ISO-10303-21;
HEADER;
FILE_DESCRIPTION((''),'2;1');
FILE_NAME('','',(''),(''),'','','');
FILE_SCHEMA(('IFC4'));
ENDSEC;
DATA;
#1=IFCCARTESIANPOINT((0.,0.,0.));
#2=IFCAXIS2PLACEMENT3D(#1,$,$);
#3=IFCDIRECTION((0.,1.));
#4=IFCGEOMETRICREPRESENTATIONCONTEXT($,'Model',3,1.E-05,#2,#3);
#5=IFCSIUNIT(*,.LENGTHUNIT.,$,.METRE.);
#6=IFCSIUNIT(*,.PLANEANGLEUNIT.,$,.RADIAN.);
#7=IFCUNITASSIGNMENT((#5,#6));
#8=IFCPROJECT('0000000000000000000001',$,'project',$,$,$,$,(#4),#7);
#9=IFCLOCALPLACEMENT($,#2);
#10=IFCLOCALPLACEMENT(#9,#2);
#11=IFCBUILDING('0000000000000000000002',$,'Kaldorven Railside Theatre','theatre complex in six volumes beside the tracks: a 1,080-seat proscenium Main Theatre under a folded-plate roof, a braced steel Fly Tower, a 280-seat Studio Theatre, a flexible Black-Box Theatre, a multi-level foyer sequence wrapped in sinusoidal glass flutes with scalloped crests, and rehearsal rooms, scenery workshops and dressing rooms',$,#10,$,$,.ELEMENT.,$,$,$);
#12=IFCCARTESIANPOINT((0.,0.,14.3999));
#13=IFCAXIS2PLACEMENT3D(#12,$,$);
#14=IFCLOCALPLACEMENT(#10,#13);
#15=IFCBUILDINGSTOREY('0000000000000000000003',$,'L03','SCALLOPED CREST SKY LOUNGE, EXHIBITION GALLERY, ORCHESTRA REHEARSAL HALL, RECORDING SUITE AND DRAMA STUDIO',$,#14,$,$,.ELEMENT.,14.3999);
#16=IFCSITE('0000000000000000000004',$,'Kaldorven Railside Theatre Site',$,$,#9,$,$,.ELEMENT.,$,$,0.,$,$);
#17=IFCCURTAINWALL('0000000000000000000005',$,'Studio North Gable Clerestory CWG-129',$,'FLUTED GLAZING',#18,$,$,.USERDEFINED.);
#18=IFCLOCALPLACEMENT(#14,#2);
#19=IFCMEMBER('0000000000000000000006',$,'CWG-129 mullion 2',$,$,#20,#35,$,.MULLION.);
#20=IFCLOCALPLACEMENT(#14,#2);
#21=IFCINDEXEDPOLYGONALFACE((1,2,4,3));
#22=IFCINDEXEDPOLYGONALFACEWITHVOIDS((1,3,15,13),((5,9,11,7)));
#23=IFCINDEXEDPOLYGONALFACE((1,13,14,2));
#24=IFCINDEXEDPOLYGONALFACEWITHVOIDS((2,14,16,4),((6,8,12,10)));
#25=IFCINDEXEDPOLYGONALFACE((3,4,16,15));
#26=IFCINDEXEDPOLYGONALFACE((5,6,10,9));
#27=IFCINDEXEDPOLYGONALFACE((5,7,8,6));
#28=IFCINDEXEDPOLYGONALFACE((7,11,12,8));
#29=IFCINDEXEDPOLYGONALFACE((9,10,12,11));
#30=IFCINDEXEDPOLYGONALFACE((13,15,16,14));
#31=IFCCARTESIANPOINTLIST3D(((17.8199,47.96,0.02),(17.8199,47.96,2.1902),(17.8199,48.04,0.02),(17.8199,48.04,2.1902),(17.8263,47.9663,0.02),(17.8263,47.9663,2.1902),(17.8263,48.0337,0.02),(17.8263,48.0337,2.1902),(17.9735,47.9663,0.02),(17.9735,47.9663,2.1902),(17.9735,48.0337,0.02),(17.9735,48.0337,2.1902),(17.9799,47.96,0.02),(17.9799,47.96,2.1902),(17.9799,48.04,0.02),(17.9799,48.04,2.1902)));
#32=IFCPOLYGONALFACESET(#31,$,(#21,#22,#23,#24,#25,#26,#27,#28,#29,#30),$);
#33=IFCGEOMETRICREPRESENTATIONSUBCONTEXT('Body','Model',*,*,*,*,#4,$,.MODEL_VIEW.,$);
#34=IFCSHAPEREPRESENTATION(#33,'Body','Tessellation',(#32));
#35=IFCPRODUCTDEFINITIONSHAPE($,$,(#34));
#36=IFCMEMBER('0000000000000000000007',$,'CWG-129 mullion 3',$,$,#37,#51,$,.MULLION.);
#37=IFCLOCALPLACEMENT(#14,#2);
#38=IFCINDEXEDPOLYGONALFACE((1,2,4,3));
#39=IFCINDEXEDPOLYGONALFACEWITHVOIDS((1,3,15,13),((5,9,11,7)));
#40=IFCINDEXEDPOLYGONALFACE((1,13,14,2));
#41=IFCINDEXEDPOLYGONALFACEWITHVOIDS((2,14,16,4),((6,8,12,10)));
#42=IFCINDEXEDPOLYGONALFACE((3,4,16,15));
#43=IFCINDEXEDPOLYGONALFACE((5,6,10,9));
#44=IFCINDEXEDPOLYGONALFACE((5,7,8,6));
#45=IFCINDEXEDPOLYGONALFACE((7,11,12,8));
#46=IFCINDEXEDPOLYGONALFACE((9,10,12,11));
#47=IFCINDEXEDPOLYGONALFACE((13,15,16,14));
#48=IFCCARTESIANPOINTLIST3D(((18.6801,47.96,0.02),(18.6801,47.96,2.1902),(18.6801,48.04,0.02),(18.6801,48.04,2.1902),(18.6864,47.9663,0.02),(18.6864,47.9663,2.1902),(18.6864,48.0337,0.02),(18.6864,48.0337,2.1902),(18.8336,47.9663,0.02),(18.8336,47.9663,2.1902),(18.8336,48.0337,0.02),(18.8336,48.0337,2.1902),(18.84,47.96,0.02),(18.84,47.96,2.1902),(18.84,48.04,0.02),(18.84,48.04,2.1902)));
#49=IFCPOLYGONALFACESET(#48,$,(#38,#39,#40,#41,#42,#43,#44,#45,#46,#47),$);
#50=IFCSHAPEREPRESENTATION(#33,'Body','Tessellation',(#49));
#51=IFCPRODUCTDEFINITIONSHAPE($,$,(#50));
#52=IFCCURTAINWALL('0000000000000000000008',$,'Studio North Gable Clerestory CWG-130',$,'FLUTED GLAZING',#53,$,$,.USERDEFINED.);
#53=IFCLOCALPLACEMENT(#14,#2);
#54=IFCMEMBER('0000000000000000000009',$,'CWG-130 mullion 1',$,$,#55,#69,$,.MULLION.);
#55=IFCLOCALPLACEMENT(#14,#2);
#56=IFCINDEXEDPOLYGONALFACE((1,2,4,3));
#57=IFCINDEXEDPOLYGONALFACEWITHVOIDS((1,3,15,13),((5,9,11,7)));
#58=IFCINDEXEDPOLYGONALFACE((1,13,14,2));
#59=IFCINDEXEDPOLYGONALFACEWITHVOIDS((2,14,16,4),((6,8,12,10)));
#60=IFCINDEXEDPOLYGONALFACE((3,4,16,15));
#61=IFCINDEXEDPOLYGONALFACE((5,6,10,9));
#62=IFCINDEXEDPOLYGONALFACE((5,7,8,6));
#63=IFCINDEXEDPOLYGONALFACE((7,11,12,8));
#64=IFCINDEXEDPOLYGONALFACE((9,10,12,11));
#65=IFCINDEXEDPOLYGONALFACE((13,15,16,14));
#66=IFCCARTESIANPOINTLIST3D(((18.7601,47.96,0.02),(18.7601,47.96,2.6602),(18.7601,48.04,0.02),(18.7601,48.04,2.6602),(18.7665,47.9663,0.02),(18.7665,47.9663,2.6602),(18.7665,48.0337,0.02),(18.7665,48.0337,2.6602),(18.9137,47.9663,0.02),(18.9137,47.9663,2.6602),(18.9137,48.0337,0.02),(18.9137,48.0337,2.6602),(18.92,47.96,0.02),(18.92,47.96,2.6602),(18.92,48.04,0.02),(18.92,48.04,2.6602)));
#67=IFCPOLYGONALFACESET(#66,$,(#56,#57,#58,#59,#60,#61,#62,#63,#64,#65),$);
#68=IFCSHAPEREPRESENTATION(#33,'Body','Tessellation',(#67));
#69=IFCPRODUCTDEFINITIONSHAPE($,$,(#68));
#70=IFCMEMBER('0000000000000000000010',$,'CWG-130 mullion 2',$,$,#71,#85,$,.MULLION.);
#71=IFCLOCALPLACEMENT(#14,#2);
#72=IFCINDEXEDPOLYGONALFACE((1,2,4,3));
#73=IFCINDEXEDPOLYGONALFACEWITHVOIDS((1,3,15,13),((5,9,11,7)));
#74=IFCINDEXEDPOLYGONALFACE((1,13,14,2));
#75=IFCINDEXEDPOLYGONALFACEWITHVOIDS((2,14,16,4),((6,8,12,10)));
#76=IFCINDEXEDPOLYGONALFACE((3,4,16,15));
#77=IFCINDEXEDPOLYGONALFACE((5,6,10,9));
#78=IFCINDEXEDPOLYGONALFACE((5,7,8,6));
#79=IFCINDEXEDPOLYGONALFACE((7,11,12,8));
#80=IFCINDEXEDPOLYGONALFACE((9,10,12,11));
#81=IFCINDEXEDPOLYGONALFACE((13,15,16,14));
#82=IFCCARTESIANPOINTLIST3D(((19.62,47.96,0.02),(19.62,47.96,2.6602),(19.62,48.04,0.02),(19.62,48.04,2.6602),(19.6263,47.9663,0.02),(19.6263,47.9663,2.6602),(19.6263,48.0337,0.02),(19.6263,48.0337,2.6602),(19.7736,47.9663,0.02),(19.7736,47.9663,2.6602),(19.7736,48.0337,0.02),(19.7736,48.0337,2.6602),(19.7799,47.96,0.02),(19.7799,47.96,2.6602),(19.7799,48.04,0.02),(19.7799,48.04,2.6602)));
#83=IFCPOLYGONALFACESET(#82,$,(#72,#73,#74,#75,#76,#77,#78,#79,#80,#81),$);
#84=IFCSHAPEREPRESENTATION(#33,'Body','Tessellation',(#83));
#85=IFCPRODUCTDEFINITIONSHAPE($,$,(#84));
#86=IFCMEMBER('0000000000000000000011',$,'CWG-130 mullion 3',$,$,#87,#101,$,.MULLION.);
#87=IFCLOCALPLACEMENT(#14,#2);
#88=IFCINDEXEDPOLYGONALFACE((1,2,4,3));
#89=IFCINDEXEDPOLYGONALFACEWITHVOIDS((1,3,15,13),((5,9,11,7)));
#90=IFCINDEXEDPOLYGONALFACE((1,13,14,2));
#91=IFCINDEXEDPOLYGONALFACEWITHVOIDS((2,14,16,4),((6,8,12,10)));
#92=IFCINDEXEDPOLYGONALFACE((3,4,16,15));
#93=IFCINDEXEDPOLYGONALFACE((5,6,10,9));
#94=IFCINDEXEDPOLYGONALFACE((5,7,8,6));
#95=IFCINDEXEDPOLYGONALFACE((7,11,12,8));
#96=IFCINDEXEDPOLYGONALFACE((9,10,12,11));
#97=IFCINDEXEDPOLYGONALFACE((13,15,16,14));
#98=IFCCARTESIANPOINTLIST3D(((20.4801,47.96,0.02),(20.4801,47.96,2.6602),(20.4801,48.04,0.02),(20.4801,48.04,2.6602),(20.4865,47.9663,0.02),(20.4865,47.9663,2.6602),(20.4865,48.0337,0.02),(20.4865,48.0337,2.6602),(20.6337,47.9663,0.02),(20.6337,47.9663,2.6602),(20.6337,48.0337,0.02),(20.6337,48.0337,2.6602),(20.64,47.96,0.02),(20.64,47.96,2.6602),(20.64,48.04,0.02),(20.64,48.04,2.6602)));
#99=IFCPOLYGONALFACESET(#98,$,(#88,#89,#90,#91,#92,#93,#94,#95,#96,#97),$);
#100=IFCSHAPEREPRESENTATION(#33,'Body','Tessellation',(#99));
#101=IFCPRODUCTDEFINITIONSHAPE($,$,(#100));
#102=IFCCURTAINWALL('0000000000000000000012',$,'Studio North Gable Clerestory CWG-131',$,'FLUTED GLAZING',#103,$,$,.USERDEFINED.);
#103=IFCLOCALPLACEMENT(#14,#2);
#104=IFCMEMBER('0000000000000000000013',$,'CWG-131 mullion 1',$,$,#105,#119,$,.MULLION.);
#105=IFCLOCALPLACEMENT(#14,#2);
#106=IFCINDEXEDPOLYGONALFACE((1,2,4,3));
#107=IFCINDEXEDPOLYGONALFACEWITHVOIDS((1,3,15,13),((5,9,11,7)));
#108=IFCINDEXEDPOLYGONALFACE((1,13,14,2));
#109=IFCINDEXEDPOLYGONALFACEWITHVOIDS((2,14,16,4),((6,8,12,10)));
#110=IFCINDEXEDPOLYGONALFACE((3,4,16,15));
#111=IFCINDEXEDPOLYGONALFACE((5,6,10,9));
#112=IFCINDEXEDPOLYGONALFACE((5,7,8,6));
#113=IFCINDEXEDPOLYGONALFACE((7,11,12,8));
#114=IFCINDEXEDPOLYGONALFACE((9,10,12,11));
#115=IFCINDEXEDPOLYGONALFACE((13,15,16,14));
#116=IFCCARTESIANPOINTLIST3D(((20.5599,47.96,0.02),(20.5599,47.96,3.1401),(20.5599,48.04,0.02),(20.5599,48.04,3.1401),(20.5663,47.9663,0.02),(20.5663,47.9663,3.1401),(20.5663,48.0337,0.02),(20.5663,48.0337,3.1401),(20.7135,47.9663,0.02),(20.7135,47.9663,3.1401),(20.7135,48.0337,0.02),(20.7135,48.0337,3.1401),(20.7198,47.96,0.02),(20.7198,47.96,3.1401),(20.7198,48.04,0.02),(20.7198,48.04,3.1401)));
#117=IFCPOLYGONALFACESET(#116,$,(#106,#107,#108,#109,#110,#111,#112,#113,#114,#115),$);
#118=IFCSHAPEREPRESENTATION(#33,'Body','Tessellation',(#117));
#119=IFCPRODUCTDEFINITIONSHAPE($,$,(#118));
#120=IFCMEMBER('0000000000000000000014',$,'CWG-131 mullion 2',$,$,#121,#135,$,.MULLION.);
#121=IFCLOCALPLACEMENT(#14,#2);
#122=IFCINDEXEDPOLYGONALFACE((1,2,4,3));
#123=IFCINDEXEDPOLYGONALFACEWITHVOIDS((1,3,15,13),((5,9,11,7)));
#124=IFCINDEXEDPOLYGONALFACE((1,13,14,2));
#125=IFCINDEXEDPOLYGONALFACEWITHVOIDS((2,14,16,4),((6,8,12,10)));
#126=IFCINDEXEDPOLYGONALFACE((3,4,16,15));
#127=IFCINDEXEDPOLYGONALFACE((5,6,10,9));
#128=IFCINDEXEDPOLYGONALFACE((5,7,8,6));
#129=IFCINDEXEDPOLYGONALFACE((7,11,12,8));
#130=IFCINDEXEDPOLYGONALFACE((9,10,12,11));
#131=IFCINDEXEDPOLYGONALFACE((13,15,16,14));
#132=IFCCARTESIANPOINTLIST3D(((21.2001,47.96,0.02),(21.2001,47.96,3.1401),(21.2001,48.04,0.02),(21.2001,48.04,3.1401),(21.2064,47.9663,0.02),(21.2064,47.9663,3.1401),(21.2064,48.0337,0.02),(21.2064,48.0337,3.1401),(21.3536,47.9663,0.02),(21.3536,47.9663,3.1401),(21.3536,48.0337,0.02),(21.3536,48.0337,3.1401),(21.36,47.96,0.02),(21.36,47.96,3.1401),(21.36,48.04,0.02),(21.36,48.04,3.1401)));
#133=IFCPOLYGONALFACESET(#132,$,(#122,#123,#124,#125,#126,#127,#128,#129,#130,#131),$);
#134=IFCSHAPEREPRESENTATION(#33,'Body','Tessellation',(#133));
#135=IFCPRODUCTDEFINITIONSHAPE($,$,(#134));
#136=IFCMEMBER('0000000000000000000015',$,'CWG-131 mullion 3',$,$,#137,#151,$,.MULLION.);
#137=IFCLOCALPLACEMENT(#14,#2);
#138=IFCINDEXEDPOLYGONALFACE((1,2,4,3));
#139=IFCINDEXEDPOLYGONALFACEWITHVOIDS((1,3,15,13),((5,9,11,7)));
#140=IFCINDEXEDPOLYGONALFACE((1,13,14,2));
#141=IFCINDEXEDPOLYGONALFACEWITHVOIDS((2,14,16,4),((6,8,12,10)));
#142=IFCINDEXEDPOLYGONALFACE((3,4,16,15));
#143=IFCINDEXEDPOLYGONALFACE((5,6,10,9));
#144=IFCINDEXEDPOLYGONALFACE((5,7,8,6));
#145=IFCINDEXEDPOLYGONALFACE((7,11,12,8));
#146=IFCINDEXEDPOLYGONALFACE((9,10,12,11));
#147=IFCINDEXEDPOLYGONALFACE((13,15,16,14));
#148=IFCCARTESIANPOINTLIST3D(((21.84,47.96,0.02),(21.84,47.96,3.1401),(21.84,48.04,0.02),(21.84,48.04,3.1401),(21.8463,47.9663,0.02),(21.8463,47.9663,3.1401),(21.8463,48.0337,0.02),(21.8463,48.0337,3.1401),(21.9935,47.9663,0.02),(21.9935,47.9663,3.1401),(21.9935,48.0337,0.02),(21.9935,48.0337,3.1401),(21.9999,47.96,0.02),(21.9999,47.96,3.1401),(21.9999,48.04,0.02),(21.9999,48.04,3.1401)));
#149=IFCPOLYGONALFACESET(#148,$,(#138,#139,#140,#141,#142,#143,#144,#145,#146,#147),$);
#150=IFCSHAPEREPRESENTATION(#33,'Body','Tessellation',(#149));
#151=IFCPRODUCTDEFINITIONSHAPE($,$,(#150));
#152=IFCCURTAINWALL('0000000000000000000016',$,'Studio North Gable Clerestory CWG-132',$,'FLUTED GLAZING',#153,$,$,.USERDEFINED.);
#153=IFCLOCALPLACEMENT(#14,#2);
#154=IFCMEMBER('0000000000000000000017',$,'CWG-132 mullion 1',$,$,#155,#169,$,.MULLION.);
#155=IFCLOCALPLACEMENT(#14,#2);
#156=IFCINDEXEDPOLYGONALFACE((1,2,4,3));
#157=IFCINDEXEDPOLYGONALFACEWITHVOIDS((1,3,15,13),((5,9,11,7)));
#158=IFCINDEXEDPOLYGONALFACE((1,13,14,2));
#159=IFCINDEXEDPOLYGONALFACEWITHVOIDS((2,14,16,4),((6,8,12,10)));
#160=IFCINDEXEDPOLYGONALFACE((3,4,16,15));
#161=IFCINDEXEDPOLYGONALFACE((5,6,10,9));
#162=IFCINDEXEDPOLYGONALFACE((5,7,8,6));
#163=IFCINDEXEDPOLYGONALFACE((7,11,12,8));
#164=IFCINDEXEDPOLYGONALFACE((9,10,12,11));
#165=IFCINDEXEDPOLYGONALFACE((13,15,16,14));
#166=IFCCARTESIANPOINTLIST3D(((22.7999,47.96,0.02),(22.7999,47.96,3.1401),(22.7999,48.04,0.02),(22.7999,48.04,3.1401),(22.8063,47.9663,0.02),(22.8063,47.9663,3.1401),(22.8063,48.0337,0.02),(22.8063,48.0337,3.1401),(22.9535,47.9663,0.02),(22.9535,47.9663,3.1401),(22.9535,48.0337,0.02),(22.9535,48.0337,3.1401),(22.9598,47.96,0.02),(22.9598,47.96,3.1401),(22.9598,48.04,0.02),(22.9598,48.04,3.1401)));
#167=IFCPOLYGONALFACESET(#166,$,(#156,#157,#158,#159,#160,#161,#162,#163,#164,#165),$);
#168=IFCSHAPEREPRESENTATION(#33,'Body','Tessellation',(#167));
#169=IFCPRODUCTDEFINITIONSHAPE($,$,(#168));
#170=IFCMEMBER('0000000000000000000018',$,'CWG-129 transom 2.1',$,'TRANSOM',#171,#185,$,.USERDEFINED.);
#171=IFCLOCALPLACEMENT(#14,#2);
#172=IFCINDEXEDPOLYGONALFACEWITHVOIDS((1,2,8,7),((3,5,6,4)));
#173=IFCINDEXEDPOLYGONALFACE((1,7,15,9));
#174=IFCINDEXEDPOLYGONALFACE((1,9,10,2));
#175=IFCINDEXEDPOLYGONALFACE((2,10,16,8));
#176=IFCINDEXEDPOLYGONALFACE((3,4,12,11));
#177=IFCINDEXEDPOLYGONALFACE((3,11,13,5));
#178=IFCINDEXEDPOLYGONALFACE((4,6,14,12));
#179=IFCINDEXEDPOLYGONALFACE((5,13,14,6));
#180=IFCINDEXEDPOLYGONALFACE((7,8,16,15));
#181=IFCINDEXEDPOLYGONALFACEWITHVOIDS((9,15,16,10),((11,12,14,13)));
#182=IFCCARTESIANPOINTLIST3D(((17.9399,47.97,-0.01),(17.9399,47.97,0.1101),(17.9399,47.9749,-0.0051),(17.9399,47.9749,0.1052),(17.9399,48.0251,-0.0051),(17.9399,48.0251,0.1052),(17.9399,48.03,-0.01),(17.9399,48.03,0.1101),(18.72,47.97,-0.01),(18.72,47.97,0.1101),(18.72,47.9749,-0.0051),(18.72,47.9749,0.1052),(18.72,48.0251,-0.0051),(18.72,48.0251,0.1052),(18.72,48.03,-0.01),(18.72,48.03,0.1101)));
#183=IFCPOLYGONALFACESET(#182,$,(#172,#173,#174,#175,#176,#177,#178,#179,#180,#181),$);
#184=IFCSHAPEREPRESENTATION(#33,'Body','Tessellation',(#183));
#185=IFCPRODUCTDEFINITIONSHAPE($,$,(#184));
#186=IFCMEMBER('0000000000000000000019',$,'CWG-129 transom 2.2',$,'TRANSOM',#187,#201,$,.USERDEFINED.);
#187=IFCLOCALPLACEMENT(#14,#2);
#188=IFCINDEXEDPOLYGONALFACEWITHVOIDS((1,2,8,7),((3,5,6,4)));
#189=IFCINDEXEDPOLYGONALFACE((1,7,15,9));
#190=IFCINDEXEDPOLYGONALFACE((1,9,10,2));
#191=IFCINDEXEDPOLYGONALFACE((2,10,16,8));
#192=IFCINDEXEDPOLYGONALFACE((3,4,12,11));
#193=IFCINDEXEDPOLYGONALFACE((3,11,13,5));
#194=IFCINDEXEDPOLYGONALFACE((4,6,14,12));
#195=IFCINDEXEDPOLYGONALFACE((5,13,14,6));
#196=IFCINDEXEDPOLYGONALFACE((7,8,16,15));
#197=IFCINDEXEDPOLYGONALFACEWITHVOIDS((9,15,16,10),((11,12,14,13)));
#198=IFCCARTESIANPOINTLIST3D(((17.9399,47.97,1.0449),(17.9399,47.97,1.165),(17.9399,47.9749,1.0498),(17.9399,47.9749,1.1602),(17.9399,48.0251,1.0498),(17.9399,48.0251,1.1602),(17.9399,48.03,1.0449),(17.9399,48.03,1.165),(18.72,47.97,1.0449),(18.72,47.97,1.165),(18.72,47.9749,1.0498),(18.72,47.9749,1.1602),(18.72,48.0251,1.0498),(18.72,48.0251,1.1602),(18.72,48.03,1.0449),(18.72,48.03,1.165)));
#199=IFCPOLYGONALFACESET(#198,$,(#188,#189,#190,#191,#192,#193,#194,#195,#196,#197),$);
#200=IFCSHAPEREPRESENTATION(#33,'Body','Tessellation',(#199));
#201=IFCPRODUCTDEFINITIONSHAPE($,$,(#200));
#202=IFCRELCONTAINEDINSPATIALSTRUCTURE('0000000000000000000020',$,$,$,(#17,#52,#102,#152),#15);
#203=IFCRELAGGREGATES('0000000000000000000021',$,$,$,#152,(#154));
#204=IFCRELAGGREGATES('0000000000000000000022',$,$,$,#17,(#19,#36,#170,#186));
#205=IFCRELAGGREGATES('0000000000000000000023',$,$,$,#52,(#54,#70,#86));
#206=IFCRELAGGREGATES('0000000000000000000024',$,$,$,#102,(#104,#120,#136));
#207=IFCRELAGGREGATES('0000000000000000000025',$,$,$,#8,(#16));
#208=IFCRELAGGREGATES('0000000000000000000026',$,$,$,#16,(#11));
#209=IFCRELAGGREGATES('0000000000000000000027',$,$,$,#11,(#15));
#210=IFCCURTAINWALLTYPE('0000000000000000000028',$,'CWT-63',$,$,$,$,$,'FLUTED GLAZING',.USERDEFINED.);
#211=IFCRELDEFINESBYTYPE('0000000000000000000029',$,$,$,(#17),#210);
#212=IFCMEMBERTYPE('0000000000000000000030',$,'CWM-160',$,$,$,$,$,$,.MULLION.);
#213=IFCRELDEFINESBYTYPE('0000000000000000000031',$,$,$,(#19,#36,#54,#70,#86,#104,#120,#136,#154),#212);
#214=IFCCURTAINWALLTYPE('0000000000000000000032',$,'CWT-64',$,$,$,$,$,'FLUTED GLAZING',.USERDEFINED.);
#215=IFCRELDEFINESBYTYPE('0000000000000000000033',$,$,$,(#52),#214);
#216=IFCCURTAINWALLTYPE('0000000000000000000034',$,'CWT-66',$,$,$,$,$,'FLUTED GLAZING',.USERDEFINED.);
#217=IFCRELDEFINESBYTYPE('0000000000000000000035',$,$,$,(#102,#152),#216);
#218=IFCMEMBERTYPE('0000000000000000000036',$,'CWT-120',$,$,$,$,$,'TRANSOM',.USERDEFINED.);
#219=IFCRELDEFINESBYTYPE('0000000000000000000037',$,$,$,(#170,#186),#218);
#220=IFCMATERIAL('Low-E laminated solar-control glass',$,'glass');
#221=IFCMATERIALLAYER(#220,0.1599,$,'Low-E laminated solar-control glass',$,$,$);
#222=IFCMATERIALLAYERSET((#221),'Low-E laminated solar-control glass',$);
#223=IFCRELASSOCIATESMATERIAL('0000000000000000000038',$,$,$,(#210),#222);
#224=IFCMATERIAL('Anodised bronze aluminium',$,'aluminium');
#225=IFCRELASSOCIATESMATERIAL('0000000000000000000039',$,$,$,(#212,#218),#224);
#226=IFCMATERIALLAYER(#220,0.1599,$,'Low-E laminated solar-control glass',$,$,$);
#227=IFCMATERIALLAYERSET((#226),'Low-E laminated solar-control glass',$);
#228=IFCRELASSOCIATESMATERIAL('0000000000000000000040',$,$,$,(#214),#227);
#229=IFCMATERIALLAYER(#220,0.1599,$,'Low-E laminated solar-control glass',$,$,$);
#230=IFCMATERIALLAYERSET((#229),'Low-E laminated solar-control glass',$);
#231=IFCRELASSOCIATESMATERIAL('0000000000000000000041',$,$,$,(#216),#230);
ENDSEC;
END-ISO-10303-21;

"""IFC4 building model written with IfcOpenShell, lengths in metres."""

from ifc_helpers import new_model, si_unit, direction, frame, origin, origin_2d, place, context, subcontext, project, spatial, hollow_rectangle, extrude, material, layer, layer_set, material_profile, profile_set, type_object, element, aggregate, save


model = new_model("IFC4")

# Units and contexts
model_context = context("Model", 3, precision=1e-05, world=origin(), true_north=direction((0.0, 1.0)))
body_context = subcontext(model_context, "Body", "Model", "MODEL_VIEW")
ifc_project = project(units=[si_unit("LENGTHUNIT", "METRE"), si_unit("PLANEANGLEUNIT", "RADIAN")], contexts=[model_context])

# Site, building, storey
site_placement = place(None, origin())
site = spatial("IfcSite", under=ifc_project, at=site_placement, Name="Kaldorven Railside Theatre Site", CompositionType="ELEMENT", RefElevation=0.0)
building_placement = place(site_placement, origin())
building = spatial("IfcBuilding", under=site, at=building_placement, Name="Kaldorven Railside Theatre", Description="theatre complex in six volumes beside the tracks: a 1,080-seat proscenium Main Theatre under a folded-plate roof, a braced steel Fly Tower, a 280-seat Studio Theatre, a flexible Black-Box Theatre, a multi-level foyer sequence wrapped in sinusoidal glass flutes with scalloped crests, and rehearsal rooms, scenery workshops and dressing rooms", CompositionType="ELEMENT")
storey_placement = place(building_placement, frame((0.0, 0.0, 14.3999)))
storey = spatial("IfcBuildingStorey", under=building, at=storey_placement, Name="L03", Description="SCALLOPED CREST SKY LOUNGE, EXHIBITION GALLERY, ORCHESTRA REHEARSAL HALL, RECORDING SUITE AND DRAMA STUDIO", CompositionType="ELEMENT", Elevation=14.3999)

# Curtain walls, members
ifc_material_1 = material(Name="Low-E laminated solar-control glass", Category="glass")
ifc_layer_1 = layer(ifc_material_1, 0.1599, Name="Low-E laminated solar-control glass")
ifc_layer_set_1 = layer_set([ifc_layer_1], Name="Low-E laminated solar-control glass")
curtain_wall_type_1 = type_object("IfcCurtainWallType", Name="CWT-63", ElementType="FLUTED GLAZING", PredefinedType="USERDEFINED", material=ifc_layer_set_1)
curtain_wall_1_placement = place(storey_placement, origin())
curtain_wall_1 = element("IfcCurtainWall", 1, at=curtain_wall_1_placement, inside=storey, type_object=curtain_wall_type_1, Name="Studio North Gable Clerestory CWG-129", ObjectType="FLUTED GLAZING", PredefinedType="USERDEFINED")
ifc_material_2 = material(Name="Anodised bronze aluminium", Category="aluminium")
ifc_material_profile_1 = material_profile(ifc_material_2, hollow_rectangle(XDim=0.0801, YDim=0.1599, WallThickness=0.0063, at=origin_2d()), Name="RHS 160x80x6.3")
ifc_profile_set_1 = profile_set([ifc_material_profile_1], Name="Anodised bronze aluminium")
member_type_1 = type_object("IfcMemberType", Name="CWM-160", PredefinedType="MULLION", material=ifc_profile_set_1)
member_1_placement = place(storey_placement, frame((17.8999, 48.0, 0.02), z_axis=(0.0, 0.0, 1.0), x_axis=(0.0, 1.0, 0.0)))
member_1 = element("IfcMember", 2, at=member_1_placement, type_object=member_type_1, Name="CWG-129 mullion 2", PredefinedType="MULLION", context=body_context, shape_type="SweptSolid", body=[
    extrude(hollow_rectangle(XDim=0.0801, YDim=0.1599, WallThickness=0.0063, at=origin_2d()), origin(), (0.0, 0.0, 1.0), 2.1702),
])
member_2_placement = place(storey_placement, frame((18.76, 48.0, 0.02), z_axis=(0.0, 0.0, 1.0), x_axis=(0.0, 1.0, 0.0)))
member_2 = element("IfcMember", 3, at=member_2_placement, type_object=member_type_1, Name="CWG-129 mullion 3", PredefinedType="MULLION", context=body_context, shape_type="SweptSolid", body=[
    extrude(hollow_rectangle(XDim=0.0801, YDim=0.1599, WallThickness=0.0063, at=origin_2d()), origin(), (0.0, 0.0, 1.0), 2.1702),
])
ifc_layer_2 = layer(ifc_material_1, 0.1599, Name="Low-E laminated solar-control glass")
ifc_layer_set_2 = layer_set([ifc_layer_2], Name="Low-E laminated solar-control glass")
curtain_wall_type_2 = type_object("IfcCurtainWallType", Name="CWT-64", ElementType="FLUTED GLAZING", PredefinedType="USERDEFINED", material=ifc_layer_set_2)
curtain_wall_2_placement = place(storey_placement, origin())
curtain_wall_2 = element("IfcCurtainWall", 4, at=curtain_wall_2_placement, inside=storey, type_object=curtain_wall_type_2, Name="Studio North Gable Clerestory CWG-130", ObjectType="FLUTED GLAZING", PredefinedType="USERDEFINED")
member_3_placement = place(storey_placement, frame((18.8401, 48.0, 0.02), z_axis=(0.0, 0.0, 1.0), x_axis=(0.0, 1.0, 0.0)))
member_3 = element("IfcMember", 5, at=member_3_placement, type_object=member_type_1, Name="CWG-130 mullion 1", PredefinedType="MULLION", context=body_context, shape_type="SweptSolid", body=[
    extrude(hollow_rectangle(XDim=0.0801, YDim=0.1599, WallThickness=0.0063, at=origin_2d()), origin(), (0.0, 0.0, 1.0), 2.6401),
])
member_4_placement = place(storey_placement, frame((19.7, 48.0, 0.02), z_axis=(0.0, 0.0, 1.0), x_axis=(0.0, 1.0, 0.0)))
member_4 = element("IfcMember", 6, at=member_4_placement, type_object=member_type_1, Name="CWG-130 mullion 2", PredefinedType="MULLION", context=body_context, shape_type="SweptSolid", body=[
    extrude(hollow_rectangle(XDim=0.0801, YDim=0.1599, WallThickness=0.0063, at=origin_2d()), origin(), (0.0, 0.0, 1.0), 2.6401),
])
member_5_placement = place(storey_placement, frame((20.5601, 48.0, 0.02), z_axis=(0.0, 0.0, 1.0), x_axis=(0.0, 1.0, 0.0)))
member_5 = element("IfcMember", 7, at=member_5_placement, type_object=member_type_1, Name="CWG-130 mullion 3", PredefinedType="MULLION", context=body_context, shape_type="SweptSolid", body=[
    extrude(hollow_rectangle(XDim=0.0801, YDim=0.1599, WallThickness=0.0063, at=origin_2d()), origin(), (0.0, 0.0, 1.0), 2.6401),
])
ifc_layer_3 = layer(ifc_material_1, 0.1599, Name="Low-E laminated solar-control glass")
ifc_layer_set_3 = layer_set([ifc_layer_3], Name="Low-E laminated solar-control glass")
curtain_wall_type_3 = type_object("IfcCurtainWallType", Name="CWT-66", ElementType="FLUTED GLAZING", PredefinedType="USERDEFINED", material=ifc_layer_set_3)
curtain_wall_3_placement = place(storey_placement, origin())
curtain_wall_3 = element("IfcCurtainWall", 8, at=curtain_wall_3_placement, inside=storey, type_object=curtain_wall_type_3, Name="Studio North Gable Clerestory CWG-131", ObjectType="FLUTED GLAZING", PredefinedType="USERDEFINED")
member_6_placement = place(storey_placement, frame((20.6399, 48.0, 0.02), z_axis=(0.0, 0.0, 1.0), x_axis=(0.0, 1.0, 0.0)))
member_6 = element("IfcMember", 9, at=member_6_placement, type_object=member_type_1, Name="CWG-131 mullion 1", PredefinedType="MULLION", context=body_context, shape_type="SweptSolid", body=[
    extrude(hollow_rectangle(XDim=0.0801, YDim=0.1599, WallThickness=0.0063, at=origin_2d()), origin(), (0.0, 0.0, 1.0), 3.1201),
])
member_7_placement = place(storey_placement, frame((21.28, 48.0, 0.02), z_axis=(0.0, 0.0, 1.0), x_axis=(0.0, 1.0, 0.0)))
member_7 = element("IfcMember", 10, at=member_7_placement, type_object=member_type_1, Name="CWG-131 mullion 2", PredefinedType="MULLION", context=body_context, shape_type="SweptSolid", body=[
    extrude(hollow_rectangle(XDim=0.0801, YDim=0.1599, WallThickness=0.0063, at=origin_2d()), origin(), (0.0, 0.0, 1.0), 3.1201),
])
member_8_placement = place(storey_placement, frame((21.9199, 48.0, 0.02), z_axis=(0.0, 0.0, 1.0), x_axis=(0.0, 1.0, 0.0)))
member_8 = element("IfcMember", 11, at=member_8_placement, type_object=member_type_1, Name="CWG-131 mullion 3", PredefinedType="MULLION", context=body_context, shape_type="SweptSolid", body=[
    extrude(hollow_rectangle(XDim=0.0801, YDim=0.1599, WallThickness=0.0063, at=origin_2d()), origin(), (0.0, 0.0, 1.0), 3.1201),
])

# Curtain wall, member
curtain_wall_4_placement = place(storey_placement, origin())
curtain_wall_4 = element("IfcCurtainWall", 12, at=curtain_wall_4_placement, inside=storey, type_object=curtain_wall_type_3, Name="Studio North Gable Clerestory CWG-132", ObjectType="FLUTED GLAZING", PredefinedType="USERDEFINED")
member_9_placement = place(storey_placement, frame((22.8799, 48.0, 0.02), z_axis=(0.0, 0.0, 1.0), x_axis=(0.0, 1.0, 0.0)))
member_9 = element("IfcMember", 13, at=member_9_placement, type_object=member_type_1, Name="CWG-132 mullion 1", PredefinedType="MULLION", context=body_context, shape_type="SweptSolid", body=[
    extrude(hollow_rectangle(XDim=0.0801, YDim=0.1599, WallThickness=0.0063, at=origin_2d()), origin(), (0.0, 0.0, 1.0), 3.1201),
])

# Members
ifc_material_profile_2 = material_profile(ifc_material_2, hollow_rectangle(XDim=0.0601, YDim=0.1201, WallThickness=0.0049, at=origin_2d()), Name="RHS 120x60x5")
ifc_profile_set_2 = profile_set([ifc_material_profile_2], Name="Anodised bronze aluminium")
member_type_2 = type_object("IfcMemberType", Name="CWT-120", ElementType="TRANSOM", PredefinedType="USERDEFINED", material=ifc_profile_set_2)
member_10_placement = place(storey_placement, frame((17.9399, 48.0, 0.05), z_axis=(1.0, 0.0, 0.0), x_axis=(0.0, 1.0, 0.0)))
member_10 = element("IfcMember", 14, at=member_10_placement, type_object=member_type_2, Name="CWG-129 transom 2.1", ObjectType="TRANSOM", PredefinedType="USERDEFINED", context=body_context, shape_type="SweptSolid", body=[
    extrude(hollow_rectangle(XDim=0.0601, YDim=0.1201, WallThickness=0.0049, at=origin_2d()), origin(), (0.0, 0.0, 1.0), 0.78),
])
member_11_placement = place(storey_placement, frame((17.9399, 48.0, 1.105), z_axis=(1.0, 0.0, 0.0), x_axis=(0.0, 1.0, 0.0)))
member_11 = element("IfcMember", 15, at=member_11_placement, type_object=member_type_2, Name="CWG-129 transom 2.2", ObjectType="TRANSOM", PredefinedType="USERDEFINED", context=body_context, shape_type="SweptSolid", body=[
    extrude(hollow_rectangle(XDim=0.0601, YDim=0.1201, WallThickness=0.0049, at=origin_2d()), origin(), (0.0, 0.0, 1.0), 0.78),
])
aggregate(curtain_wall_4, [member_9])

aggregate(curtain_wall_1, [member_1, member_2, member_10, member_11])
aggregate(curtain_wall_2, [member_3, member_4, member_5])
aggregate(curtain_wall_3, [member_6, member_7, member_8])

save(model, "model.ifc")
